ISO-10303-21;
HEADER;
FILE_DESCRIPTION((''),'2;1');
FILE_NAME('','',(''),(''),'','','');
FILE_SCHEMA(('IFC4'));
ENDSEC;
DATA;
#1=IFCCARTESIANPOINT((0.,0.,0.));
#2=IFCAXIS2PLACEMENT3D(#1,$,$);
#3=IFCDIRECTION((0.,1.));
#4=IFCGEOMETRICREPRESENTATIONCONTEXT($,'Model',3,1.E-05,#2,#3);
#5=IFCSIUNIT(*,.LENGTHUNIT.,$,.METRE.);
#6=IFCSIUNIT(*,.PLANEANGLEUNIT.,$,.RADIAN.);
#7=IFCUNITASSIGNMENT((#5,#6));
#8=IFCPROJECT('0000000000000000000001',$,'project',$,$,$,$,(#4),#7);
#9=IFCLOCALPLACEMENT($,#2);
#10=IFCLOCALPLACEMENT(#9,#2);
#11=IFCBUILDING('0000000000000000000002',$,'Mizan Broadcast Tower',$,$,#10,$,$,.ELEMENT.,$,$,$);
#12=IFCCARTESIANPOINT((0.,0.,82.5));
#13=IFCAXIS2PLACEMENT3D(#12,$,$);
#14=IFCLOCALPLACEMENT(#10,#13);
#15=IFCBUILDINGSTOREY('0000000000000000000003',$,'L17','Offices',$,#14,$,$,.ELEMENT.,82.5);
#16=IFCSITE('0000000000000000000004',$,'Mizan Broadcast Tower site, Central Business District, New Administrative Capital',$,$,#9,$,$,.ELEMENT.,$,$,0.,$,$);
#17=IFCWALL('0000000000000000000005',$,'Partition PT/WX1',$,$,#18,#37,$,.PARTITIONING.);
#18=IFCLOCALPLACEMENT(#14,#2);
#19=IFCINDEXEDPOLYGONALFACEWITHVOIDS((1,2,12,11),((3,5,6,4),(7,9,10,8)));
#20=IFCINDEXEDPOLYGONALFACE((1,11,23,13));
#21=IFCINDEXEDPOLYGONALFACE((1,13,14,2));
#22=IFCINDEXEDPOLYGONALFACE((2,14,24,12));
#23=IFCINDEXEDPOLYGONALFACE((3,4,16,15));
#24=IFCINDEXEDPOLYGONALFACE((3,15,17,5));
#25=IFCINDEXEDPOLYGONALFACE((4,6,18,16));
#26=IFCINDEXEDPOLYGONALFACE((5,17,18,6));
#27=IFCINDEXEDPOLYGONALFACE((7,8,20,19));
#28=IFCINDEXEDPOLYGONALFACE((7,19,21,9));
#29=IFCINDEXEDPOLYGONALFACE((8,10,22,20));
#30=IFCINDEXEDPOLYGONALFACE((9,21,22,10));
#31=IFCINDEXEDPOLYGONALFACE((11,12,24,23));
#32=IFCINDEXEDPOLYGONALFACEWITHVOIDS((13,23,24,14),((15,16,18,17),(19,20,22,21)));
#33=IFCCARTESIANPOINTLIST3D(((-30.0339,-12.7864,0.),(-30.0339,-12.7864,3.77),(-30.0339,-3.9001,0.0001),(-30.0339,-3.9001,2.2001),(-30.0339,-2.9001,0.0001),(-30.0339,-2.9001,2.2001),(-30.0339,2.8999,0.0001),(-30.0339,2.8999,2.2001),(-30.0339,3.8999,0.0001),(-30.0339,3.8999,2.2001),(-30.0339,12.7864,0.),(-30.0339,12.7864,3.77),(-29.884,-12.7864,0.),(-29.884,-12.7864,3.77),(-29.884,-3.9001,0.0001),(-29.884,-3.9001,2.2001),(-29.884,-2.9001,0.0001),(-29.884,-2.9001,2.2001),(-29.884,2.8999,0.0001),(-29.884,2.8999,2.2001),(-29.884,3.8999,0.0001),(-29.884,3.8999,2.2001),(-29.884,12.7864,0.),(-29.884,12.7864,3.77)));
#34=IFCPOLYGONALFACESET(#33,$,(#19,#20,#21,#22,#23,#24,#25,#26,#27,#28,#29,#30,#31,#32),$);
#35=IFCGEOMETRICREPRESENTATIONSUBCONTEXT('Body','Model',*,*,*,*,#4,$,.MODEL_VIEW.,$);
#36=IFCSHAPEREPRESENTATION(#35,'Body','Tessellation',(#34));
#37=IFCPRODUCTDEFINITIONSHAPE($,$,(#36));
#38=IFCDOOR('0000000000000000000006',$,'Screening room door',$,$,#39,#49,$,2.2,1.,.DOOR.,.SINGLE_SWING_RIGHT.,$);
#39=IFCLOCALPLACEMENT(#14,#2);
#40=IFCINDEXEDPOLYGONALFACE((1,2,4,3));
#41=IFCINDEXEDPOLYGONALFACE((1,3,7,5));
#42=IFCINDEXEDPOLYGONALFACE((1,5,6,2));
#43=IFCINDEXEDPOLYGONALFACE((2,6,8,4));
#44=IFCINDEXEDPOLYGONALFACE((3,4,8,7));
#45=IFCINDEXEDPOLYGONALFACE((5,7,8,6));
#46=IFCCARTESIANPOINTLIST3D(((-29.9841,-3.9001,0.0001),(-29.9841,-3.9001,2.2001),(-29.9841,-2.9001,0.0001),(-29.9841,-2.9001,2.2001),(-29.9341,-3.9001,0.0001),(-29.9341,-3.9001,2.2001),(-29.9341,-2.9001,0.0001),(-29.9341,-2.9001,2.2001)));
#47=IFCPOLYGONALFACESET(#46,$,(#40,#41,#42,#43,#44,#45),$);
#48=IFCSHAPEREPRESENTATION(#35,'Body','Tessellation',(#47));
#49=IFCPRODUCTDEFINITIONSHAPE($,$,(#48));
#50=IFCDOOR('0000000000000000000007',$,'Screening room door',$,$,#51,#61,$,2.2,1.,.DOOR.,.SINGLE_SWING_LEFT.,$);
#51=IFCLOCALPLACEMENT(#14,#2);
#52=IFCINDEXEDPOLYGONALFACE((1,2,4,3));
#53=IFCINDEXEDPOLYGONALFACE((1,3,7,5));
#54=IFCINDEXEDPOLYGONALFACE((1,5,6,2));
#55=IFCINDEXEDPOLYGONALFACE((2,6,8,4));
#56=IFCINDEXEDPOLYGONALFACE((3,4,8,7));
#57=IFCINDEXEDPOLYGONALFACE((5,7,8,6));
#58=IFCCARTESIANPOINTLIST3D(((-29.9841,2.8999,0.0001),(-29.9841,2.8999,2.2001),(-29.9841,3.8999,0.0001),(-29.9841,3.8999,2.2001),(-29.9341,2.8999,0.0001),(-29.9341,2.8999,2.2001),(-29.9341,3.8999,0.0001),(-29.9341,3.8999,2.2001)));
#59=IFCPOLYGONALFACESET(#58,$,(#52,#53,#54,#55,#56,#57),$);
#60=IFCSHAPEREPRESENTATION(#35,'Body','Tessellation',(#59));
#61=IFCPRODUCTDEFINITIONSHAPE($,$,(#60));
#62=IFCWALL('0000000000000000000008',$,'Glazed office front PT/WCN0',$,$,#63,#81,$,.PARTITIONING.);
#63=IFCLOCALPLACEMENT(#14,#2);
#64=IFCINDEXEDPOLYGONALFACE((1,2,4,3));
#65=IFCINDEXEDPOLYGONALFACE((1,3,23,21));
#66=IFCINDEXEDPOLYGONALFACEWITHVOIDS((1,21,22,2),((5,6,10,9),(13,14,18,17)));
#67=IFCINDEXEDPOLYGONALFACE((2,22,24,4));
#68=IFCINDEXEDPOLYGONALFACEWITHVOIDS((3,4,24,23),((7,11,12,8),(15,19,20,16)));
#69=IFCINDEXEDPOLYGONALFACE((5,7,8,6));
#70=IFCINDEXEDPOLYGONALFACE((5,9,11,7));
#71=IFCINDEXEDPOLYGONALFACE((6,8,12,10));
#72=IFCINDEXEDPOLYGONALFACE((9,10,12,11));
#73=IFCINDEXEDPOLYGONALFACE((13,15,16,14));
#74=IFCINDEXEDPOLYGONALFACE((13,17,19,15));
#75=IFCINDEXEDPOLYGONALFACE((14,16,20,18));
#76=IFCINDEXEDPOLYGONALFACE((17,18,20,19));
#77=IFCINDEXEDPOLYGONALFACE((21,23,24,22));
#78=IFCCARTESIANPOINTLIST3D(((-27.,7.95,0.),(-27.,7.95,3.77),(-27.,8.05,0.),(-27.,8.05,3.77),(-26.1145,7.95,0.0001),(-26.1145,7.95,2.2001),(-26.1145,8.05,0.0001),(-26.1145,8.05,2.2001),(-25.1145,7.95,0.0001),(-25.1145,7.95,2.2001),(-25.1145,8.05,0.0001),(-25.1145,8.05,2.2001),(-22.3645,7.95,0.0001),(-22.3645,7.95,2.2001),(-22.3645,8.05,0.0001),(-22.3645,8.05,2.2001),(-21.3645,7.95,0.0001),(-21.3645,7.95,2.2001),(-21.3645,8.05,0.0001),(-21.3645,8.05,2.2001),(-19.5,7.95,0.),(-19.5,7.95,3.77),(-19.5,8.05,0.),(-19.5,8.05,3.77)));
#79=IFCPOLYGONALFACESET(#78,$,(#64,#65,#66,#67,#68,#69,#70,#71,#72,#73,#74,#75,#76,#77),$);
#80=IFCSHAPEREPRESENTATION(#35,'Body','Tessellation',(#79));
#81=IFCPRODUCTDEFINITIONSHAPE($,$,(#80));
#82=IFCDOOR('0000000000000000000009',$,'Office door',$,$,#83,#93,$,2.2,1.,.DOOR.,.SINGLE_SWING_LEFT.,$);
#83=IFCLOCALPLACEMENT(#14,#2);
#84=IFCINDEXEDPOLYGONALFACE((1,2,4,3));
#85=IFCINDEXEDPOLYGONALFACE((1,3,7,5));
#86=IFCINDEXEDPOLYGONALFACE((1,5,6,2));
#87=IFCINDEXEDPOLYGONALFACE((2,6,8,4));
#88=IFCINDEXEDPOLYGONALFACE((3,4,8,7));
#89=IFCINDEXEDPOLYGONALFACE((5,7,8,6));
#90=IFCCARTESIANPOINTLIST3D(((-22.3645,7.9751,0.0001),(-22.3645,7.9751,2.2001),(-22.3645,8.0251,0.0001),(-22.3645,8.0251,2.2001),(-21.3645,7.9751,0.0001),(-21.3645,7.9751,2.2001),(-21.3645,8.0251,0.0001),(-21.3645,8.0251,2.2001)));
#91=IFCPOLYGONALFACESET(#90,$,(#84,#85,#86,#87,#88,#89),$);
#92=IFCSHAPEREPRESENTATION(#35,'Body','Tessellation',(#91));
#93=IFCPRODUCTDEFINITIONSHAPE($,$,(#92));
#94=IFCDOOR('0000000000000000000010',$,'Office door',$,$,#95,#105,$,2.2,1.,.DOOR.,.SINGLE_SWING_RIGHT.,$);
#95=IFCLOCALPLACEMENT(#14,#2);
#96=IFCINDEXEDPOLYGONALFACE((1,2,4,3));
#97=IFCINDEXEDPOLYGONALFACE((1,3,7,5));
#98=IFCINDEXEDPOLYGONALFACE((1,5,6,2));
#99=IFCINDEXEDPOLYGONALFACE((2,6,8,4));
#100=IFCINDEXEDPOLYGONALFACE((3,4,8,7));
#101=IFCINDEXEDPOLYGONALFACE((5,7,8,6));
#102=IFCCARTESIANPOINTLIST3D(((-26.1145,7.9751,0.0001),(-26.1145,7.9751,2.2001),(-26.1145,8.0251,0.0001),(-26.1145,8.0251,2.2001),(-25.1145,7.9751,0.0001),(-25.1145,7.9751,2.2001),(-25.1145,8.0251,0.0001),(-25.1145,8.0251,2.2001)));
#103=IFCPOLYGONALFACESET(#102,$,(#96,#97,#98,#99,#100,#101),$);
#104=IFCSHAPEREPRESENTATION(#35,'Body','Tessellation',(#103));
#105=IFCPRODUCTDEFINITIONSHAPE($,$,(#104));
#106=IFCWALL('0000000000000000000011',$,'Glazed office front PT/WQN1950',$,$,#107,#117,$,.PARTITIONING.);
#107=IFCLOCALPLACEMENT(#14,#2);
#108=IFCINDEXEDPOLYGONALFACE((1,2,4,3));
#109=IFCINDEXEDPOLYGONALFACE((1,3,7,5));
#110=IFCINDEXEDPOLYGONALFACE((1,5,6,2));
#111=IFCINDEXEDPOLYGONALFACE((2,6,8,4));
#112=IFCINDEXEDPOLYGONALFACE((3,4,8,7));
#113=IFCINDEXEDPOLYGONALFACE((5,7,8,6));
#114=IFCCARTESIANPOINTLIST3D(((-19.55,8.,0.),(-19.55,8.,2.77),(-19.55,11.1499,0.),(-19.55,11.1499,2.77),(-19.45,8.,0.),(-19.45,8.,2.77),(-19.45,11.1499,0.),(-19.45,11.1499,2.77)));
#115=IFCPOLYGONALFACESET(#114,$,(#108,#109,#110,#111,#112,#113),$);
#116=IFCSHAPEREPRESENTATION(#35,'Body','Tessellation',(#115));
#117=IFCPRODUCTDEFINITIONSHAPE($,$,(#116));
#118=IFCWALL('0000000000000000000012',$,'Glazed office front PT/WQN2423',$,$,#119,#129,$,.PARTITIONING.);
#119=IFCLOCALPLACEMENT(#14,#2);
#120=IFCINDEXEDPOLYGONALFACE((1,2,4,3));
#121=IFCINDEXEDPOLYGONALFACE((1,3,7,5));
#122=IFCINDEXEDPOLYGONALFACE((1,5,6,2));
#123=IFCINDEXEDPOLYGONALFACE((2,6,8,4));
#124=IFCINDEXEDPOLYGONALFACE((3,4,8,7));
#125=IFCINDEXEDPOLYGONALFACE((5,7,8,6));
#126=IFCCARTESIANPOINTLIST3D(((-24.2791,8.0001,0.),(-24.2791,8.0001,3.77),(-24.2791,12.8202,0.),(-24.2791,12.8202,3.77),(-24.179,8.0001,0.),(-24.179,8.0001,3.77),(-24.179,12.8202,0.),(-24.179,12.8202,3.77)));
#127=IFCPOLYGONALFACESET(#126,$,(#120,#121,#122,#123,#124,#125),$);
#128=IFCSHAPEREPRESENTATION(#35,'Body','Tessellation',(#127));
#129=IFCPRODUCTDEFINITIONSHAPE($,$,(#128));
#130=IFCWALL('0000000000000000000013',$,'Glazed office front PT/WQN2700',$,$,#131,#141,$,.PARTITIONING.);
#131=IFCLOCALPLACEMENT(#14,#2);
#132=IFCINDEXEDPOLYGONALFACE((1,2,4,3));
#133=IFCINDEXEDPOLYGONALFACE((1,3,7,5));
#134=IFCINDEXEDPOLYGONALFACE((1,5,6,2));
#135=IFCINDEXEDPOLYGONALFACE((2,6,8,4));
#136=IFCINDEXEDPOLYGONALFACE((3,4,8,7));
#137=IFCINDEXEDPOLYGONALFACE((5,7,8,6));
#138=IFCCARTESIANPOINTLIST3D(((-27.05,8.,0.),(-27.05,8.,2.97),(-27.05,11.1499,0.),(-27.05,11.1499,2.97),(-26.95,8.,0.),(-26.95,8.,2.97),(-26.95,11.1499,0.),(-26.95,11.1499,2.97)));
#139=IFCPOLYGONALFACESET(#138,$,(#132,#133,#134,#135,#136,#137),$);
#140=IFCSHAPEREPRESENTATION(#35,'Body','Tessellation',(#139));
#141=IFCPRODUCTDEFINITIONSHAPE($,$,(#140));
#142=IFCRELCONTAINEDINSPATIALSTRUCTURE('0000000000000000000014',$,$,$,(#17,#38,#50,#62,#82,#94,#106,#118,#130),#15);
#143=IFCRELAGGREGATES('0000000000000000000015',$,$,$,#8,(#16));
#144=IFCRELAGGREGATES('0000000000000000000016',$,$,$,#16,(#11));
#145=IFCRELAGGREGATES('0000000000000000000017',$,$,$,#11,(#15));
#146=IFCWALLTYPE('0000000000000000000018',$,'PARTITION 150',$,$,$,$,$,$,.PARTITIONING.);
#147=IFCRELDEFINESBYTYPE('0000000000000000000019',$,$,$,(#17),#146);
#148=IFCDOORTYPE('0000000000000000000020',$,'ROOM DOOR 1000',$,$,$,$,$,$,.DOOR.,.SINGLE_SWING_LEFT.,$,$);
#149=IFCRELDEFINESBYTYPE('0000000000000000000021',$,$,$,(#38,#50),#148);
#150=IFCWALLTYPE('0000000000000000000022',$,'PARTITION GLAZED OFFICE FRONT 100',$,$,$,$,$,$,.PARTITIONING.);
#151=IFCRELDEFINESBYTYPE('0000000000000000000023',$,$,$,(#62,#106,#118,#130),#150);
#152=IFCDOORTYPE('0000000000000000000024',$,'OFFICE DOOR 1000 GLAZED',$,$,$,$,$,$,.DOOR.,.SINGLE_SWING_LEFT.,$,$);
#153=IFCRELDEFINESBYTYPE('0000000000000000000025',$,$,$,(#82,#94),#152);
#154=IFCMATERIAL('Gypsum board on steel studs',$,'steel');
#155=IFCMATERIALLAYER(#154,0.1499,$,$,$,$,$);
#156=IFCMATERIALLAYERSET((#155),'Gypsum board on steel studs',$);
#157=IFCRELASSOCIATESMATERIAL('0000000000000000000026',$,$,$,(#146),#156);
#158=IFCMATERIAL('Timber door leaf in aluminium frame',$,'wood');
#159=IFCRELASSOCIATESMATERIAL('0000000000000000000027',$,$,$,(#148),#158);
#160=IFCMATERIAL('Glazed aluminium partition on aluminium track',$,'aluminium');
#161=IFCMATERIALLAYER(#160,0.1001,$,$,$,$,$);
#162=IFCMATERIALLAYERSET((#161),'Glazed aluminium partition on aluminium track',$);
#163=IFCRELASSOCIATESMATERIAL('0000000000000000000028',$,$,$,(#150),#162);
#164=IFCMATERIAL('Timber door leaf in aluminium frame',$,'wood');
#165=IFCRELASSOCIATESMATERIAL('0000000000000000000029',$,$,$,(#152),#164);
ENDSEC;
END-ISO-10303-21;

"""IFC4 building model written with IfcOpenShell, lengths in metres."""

from ifc_helpers import new_model, si_unit, direction, frame, frame_2d, origin, place, context, subcontext, project, spatial, rectangle, extrude, material, layer, layer_set, type_object, element, fill, save


model = new_model("IFC4")

# Units and contexts
model_context = context("Model", 3, precision=1e-05, world=origin(), true_north=direction((0.0, 1.0)))
body_context = subcontext(model_context, "Body", "Model", "MODEL_VIEW")
ifc_project = project(units=[si_unit("LENGTHUNIT", "METRE"), si_unit("PLANEANGLEUNIT", "RADIAN")], contexts=[model_context])

# Site, building, storey
site_placement = place(None, origin())
site = spatial("IfcSite", under=ifc_project, at=site_placement, Name="Mizan Broadcast Tower site, Central Business District, New Administrative Capital", CompositionType="ELEMENT", RefElevation=0.0)
building_placement = place(site_placement, origin())
building = spatial("IfcBuilding", under=site, at=building_placement, Name="Mizan Broadcast Tower", CompositionType="ELEMENT")
storey_placement = place(building_placement, frame((0.0, 0.0, 82.5)))
storey = spatial("IfcBuildingStorey", under=building, at=storey_placement, Name="L17", Description="Offices", CompositionType="ELEMENT", Elevation=82.5)

# Walls, openings, doors
ifc_material_1 = material(Name="Gypsum board on steel studs", Category="steel")
ifc_layer_1 = layer(ifc_material_1, 0.1499)
ifc_layer_set_1 = layer_set([ifc_layer_1], Name="Gypsum board on steel studs")
wall_type_1 = type_object("IfcWallType", Name="PARTITION 150", PredefinedType="PARTITIONING", material=ifc_layer_set_1)
wall_1_placement = place(storey_placement, frame((-29.959, 12.7864, 0.0), z_axis=(0.0, 0.0, 1.0), x_axis=(0.0, -1.0, 0.0)))
wall_1 = element("IfcWall", 1, at=wall_1_placement, inside=storey, type_object=wall_type_1, Name="Partition PT/WX1", PredefinedType="PARTITIONING", context=body_context, shape_type="SweptSolid", body=[
    extrude(rectangle(XDim=25.5728, YDim=0.1499, at=frame_2d((12.7864, 0.0))), origin(), (0.0, 0.0, 1.0), 3.77),
])
opening_1_placement = place(wall_1_placement, frame((15.6865, 0.0, 0.0)))
opening_1 = element("IfcOpeningElement", 2, at=opening_1_placement, cuts=wall_1, PredefinedType="OPENING", context=body_context, shape_type="SweptSolid", body=[
    extrude(rectangle(XDim=1.0, YDim=2.2, at=frame_2d((0.5, 1.1001))), frame((0.0, 0.085, 0.0), z_axis=(0.0, -1.0, 0.0), x_axis=(1.0, 0.0, 0.0)), (0.0, 0.0, 1.0), 0.1699),
])
opening_2_placement = place(wall_1_placement, frame((8.8865, 0.0, 0.0)))
opening_2 = element("IfcOpeningElement", 3, at=opening_2_placement, cuts=wall_1, PredefinedType="OPENING", context=body_context, shape_type="SweptSolid", body=[
    extrude(rectangle(XDim=1.0, YDim=2.2, at=frame_2d((0.5, 1.1001))), frame((0.0, 0.085, 0.0), z_axis=(0.0, -1.0, 0.0), x_axis=(1.0, 0.0, 0.0)), (0.0, 0.0, 1.0), 0.1699),
])
ifc_material_2 = material(Name="Timber door leaf in aluminium frame", Category="wood")
door_type_1 = type_object("IfcDoorType", Name="ROOM DOOR 1000", OperationType="SINGLE_SWING_LEFT", PredefinedType="DOOR", material=ifc_material_2)
door_1_placement = place(opening_1_placement, origin())
door_1 = element("IfcDoor", 4, at=door_1_placement, inside=storey, type_object=door_type_1, Name="Screening room door", OperationType="SINGLE_SWING_RIGHT", OverallHeight=2.2, OverallWidth=1.0, PredefinedType="DOOR", context=body_context, shape_type="SweptSolid", body=[
    extrude(rectangle(XDim=1.0, YDim=2.2, at=frame_2d((0.5, 1.1001))), frame((0.0, 0.0249, 0.0), z_axis=(0.0, -1.0, 0.0), x_axis=(1.0, 0.0, 0.0)), (0.0, 0.0, 1.0), 0.05),
])
fill(opening_1, door_1)
door_2_placement = place(opening_2_placement, origin())
door_2 = element("IfcDoor", 5, at=door_2_placement, inside=storey, type_object=door_type_1, Name="Screening room door", OperationType="SINGLE_SWING_LEFT", OverallHeight=2.2, OverallWidth=1.0, PredefinedType="DOOR", context=body_context, shape_type="SweptSolid", body=[
    extrude(rectangle(XDim=1.0, YDim=2.2, at=frame_2d((0.5, 1.1001))), frame((0.0, 0.0249, 0.0), z_axis=(0.0, -1.0, 0.0), x_axis=(1.0, 0.0, 0.0)), (0.0, 0.0, 1.0), 0.05),
])
fill(opening_2, door_2)
ifc_material_3 = material(Name="Glazed aluminium partition on aluminium track", Category="aluminium")
ifc_layer_2 = layer(ifc_material_3, 0.1001)
ifc_layer_set_2 = layer_set([ifc_layer_2], Name="Glazed aluminium partition on aluminium track")
wall_type_2 = type_object("IfcWallType", Name="PARTITION GLAZED OFFICE FRONT 100", PredefinedType="PARTITIONING", material=ifc_layer_set_2)
wall_2_placement = place(storey_placement, frame((-19.5, 8.0, 0.0), z_axis=(0.0, 0.0, 1.0), x_axis=(-1.0, 0.0, 0.0)))
wall_2 = element("IfcWall", 6, at=wall_2_placement, inside=storey, type_object=wall_type_2, Name="Glazed office front PT/WCN0", PredefinedType="PARTITIONING", context=body_context, shape_type="SweptSolid", body=[
    extrude(rectangle(XDim=7.5, YDim=0.1001, at=frame_2d((3.75, 0.0))), origin(), (0.0, 0.0, 1.0), 3.77),
])
opening_3_placement = place(wall_2_placement, frame((1.8645, 0.0, 0.0)))
opening_3 = element("IfcOpeningElement", 7, at=opening_3_placement, cuts=wall_2, PredefinedType="OPENING", context=body_context, shape_type="SweptSolid", body=[
    extrude(rectangle(XDim=1.0, YDim=2.2, at=frame_2d((0.5, 1.1001))), frame((0.0, 0.0601, 0.0), z_axis=(0.0, -1.0, 0.0), x_axis=(1.0, 0.0, 0.0)), (0.0, 0.0, 1.0), 0.1201),
])
opening_4_placement = place(wall_2_placement, frame((5.6145, 0.0, 0.0)))
opening_4 = element("IfcOpeningElement", 8, at=opening_4_placement, cuts=wall_2, PredefinedType="OPENING", context=body_context, shape_type="SweptSolid", body=[
    extrude(rectangle(XDim=1.0, YDim=2.2, at=frame_2d((0.5, 1.1001))), frame((0.0, 0.0601, 0.0), z_axis=(0.0, -1.0, 0.0), x_axis=(1.0, 0.0, 0.0)), (0.0, 0.0, 1.0), 0.1201),
])
ifc_material_4 = material(Name="Timber door leaf in aluminium frame", Category="wood")
door_type_2 = type_object("IfcDoorType", Name="OFFICE DOOR 1000 GLAZED", OperationType="SINGLE_SWING_LEFT", PredefinedType="DOOR", material=ifc_material_4)
door_3_placement = place(opening_3_placement, origin())
door_3 = element("IfcDoor", 9, at=door_3_placement, inside=storey, type_object=door_type_2, Name="Office door", OperationType="SINGLE_SWING_LEFT", OverallHeight=2.2, OverallWidth=1.0, PredefinedType="DOOR", context=body_context, shape_type="SweptSolid", body=[
    extrude(rectangle(XDim=1.0, YDim=2.2, at=frame_2d((0.5, 1.1001))), frame((0.0, 0.0249, 0.0), z_axis=(0.0, -1.0, 0.0), x_axis=(1.0, 0.0, 0.0)), (0.0, 0.0, 1.0), 0.05),
])
fill(opening_3, door_3)
door_4_placement = place(opening_4_placement, origin())
door_4 = element("IfcDoor", 10, at=door_4_placement, inside=storey, type_object=door_type_2, Name="Office door", OperationType="SINGLE_SWING_RIGHT", OverallHeight=2.2, OverallWidth=1.0, PredefinedType="DOOR", context=body_context, shape_type="SweptSolid", body=[
    extrude(rectangle(XDim=1.0, YDim=2.2, at=frame_2d((0.5, 1.1001))), frame((0.0, 0.0249, 0.0), z_axis=(0.0, -1.0, 0.0), x_axis=(1.0, 0.0, 0.0)), (0.0, 0.0, 1.0), 0.05),
])
fill(opening_4, door_4)

# Walls
wall_3_placement = place(storey_placement, frame((-19.5, 8.0, 0.0), z_axis=(0.0, 0.0, 1.0), x_axis=(0.0, 1.0, 0.0)))
element("IfcWall", 11, at=wall_3_placement, inside=storey, type_object=wall_type_2, Name="Glazed office front PT/WQN1950", PredefinedType="PARTITIONING", context=body_context, shape_type="SweptSolid", body=[
    extrude(rectangle(XDim=3.1499, YDim=0.1001, at=frame_2d((1.575, 0.0))), origin(), (0.0, 0.0, 1.0), 2.77),
])
wall_4_placement = place(storey_placement, frame((-24.229, 8.0, 0.0), z_axis=(0.0, 0.0, 1.0), x_axis=(0.0, 1.0, 0.0)))
element("IfcWall", 12, at=wall_4_placement, inside=storey, type_object=wall_type_2, Name="Glazed office front PT/WQN2423", PredefinedType="PARTITIONING", context=body_context, shape_type="SweptSolid", body=[
    extrude(rectangle(XDim=4.8201, YDim=0.1001, at=frame_2d((2.4102, 0.0))), origin(), (0.0, 0.0, 1.0), 3.77),
])
wall_5_placement = place(storey_placement, frame((-27.0, 8.0, 0.0), z_axis=(0.0, 0.0, 1.0), x_axis=(0.0, 1.0, 0.0)))
element("IfcWall", 13, at=wall_5_placement, inside=storey, type_object=wall_type_2, Name="Glazed office front PT/WQN2700", PredefinedType="PARTITIONING", context=body_context, shape_type="SweptSolid", body=[
    extrude(rectangle(XDim=3.1499, YDim=0.1001, at=frame_2d((1.575, 0.0))), origin(), (0.0, 0.0, 1.0), 2.97),
])

save(model, "model.ifc")
